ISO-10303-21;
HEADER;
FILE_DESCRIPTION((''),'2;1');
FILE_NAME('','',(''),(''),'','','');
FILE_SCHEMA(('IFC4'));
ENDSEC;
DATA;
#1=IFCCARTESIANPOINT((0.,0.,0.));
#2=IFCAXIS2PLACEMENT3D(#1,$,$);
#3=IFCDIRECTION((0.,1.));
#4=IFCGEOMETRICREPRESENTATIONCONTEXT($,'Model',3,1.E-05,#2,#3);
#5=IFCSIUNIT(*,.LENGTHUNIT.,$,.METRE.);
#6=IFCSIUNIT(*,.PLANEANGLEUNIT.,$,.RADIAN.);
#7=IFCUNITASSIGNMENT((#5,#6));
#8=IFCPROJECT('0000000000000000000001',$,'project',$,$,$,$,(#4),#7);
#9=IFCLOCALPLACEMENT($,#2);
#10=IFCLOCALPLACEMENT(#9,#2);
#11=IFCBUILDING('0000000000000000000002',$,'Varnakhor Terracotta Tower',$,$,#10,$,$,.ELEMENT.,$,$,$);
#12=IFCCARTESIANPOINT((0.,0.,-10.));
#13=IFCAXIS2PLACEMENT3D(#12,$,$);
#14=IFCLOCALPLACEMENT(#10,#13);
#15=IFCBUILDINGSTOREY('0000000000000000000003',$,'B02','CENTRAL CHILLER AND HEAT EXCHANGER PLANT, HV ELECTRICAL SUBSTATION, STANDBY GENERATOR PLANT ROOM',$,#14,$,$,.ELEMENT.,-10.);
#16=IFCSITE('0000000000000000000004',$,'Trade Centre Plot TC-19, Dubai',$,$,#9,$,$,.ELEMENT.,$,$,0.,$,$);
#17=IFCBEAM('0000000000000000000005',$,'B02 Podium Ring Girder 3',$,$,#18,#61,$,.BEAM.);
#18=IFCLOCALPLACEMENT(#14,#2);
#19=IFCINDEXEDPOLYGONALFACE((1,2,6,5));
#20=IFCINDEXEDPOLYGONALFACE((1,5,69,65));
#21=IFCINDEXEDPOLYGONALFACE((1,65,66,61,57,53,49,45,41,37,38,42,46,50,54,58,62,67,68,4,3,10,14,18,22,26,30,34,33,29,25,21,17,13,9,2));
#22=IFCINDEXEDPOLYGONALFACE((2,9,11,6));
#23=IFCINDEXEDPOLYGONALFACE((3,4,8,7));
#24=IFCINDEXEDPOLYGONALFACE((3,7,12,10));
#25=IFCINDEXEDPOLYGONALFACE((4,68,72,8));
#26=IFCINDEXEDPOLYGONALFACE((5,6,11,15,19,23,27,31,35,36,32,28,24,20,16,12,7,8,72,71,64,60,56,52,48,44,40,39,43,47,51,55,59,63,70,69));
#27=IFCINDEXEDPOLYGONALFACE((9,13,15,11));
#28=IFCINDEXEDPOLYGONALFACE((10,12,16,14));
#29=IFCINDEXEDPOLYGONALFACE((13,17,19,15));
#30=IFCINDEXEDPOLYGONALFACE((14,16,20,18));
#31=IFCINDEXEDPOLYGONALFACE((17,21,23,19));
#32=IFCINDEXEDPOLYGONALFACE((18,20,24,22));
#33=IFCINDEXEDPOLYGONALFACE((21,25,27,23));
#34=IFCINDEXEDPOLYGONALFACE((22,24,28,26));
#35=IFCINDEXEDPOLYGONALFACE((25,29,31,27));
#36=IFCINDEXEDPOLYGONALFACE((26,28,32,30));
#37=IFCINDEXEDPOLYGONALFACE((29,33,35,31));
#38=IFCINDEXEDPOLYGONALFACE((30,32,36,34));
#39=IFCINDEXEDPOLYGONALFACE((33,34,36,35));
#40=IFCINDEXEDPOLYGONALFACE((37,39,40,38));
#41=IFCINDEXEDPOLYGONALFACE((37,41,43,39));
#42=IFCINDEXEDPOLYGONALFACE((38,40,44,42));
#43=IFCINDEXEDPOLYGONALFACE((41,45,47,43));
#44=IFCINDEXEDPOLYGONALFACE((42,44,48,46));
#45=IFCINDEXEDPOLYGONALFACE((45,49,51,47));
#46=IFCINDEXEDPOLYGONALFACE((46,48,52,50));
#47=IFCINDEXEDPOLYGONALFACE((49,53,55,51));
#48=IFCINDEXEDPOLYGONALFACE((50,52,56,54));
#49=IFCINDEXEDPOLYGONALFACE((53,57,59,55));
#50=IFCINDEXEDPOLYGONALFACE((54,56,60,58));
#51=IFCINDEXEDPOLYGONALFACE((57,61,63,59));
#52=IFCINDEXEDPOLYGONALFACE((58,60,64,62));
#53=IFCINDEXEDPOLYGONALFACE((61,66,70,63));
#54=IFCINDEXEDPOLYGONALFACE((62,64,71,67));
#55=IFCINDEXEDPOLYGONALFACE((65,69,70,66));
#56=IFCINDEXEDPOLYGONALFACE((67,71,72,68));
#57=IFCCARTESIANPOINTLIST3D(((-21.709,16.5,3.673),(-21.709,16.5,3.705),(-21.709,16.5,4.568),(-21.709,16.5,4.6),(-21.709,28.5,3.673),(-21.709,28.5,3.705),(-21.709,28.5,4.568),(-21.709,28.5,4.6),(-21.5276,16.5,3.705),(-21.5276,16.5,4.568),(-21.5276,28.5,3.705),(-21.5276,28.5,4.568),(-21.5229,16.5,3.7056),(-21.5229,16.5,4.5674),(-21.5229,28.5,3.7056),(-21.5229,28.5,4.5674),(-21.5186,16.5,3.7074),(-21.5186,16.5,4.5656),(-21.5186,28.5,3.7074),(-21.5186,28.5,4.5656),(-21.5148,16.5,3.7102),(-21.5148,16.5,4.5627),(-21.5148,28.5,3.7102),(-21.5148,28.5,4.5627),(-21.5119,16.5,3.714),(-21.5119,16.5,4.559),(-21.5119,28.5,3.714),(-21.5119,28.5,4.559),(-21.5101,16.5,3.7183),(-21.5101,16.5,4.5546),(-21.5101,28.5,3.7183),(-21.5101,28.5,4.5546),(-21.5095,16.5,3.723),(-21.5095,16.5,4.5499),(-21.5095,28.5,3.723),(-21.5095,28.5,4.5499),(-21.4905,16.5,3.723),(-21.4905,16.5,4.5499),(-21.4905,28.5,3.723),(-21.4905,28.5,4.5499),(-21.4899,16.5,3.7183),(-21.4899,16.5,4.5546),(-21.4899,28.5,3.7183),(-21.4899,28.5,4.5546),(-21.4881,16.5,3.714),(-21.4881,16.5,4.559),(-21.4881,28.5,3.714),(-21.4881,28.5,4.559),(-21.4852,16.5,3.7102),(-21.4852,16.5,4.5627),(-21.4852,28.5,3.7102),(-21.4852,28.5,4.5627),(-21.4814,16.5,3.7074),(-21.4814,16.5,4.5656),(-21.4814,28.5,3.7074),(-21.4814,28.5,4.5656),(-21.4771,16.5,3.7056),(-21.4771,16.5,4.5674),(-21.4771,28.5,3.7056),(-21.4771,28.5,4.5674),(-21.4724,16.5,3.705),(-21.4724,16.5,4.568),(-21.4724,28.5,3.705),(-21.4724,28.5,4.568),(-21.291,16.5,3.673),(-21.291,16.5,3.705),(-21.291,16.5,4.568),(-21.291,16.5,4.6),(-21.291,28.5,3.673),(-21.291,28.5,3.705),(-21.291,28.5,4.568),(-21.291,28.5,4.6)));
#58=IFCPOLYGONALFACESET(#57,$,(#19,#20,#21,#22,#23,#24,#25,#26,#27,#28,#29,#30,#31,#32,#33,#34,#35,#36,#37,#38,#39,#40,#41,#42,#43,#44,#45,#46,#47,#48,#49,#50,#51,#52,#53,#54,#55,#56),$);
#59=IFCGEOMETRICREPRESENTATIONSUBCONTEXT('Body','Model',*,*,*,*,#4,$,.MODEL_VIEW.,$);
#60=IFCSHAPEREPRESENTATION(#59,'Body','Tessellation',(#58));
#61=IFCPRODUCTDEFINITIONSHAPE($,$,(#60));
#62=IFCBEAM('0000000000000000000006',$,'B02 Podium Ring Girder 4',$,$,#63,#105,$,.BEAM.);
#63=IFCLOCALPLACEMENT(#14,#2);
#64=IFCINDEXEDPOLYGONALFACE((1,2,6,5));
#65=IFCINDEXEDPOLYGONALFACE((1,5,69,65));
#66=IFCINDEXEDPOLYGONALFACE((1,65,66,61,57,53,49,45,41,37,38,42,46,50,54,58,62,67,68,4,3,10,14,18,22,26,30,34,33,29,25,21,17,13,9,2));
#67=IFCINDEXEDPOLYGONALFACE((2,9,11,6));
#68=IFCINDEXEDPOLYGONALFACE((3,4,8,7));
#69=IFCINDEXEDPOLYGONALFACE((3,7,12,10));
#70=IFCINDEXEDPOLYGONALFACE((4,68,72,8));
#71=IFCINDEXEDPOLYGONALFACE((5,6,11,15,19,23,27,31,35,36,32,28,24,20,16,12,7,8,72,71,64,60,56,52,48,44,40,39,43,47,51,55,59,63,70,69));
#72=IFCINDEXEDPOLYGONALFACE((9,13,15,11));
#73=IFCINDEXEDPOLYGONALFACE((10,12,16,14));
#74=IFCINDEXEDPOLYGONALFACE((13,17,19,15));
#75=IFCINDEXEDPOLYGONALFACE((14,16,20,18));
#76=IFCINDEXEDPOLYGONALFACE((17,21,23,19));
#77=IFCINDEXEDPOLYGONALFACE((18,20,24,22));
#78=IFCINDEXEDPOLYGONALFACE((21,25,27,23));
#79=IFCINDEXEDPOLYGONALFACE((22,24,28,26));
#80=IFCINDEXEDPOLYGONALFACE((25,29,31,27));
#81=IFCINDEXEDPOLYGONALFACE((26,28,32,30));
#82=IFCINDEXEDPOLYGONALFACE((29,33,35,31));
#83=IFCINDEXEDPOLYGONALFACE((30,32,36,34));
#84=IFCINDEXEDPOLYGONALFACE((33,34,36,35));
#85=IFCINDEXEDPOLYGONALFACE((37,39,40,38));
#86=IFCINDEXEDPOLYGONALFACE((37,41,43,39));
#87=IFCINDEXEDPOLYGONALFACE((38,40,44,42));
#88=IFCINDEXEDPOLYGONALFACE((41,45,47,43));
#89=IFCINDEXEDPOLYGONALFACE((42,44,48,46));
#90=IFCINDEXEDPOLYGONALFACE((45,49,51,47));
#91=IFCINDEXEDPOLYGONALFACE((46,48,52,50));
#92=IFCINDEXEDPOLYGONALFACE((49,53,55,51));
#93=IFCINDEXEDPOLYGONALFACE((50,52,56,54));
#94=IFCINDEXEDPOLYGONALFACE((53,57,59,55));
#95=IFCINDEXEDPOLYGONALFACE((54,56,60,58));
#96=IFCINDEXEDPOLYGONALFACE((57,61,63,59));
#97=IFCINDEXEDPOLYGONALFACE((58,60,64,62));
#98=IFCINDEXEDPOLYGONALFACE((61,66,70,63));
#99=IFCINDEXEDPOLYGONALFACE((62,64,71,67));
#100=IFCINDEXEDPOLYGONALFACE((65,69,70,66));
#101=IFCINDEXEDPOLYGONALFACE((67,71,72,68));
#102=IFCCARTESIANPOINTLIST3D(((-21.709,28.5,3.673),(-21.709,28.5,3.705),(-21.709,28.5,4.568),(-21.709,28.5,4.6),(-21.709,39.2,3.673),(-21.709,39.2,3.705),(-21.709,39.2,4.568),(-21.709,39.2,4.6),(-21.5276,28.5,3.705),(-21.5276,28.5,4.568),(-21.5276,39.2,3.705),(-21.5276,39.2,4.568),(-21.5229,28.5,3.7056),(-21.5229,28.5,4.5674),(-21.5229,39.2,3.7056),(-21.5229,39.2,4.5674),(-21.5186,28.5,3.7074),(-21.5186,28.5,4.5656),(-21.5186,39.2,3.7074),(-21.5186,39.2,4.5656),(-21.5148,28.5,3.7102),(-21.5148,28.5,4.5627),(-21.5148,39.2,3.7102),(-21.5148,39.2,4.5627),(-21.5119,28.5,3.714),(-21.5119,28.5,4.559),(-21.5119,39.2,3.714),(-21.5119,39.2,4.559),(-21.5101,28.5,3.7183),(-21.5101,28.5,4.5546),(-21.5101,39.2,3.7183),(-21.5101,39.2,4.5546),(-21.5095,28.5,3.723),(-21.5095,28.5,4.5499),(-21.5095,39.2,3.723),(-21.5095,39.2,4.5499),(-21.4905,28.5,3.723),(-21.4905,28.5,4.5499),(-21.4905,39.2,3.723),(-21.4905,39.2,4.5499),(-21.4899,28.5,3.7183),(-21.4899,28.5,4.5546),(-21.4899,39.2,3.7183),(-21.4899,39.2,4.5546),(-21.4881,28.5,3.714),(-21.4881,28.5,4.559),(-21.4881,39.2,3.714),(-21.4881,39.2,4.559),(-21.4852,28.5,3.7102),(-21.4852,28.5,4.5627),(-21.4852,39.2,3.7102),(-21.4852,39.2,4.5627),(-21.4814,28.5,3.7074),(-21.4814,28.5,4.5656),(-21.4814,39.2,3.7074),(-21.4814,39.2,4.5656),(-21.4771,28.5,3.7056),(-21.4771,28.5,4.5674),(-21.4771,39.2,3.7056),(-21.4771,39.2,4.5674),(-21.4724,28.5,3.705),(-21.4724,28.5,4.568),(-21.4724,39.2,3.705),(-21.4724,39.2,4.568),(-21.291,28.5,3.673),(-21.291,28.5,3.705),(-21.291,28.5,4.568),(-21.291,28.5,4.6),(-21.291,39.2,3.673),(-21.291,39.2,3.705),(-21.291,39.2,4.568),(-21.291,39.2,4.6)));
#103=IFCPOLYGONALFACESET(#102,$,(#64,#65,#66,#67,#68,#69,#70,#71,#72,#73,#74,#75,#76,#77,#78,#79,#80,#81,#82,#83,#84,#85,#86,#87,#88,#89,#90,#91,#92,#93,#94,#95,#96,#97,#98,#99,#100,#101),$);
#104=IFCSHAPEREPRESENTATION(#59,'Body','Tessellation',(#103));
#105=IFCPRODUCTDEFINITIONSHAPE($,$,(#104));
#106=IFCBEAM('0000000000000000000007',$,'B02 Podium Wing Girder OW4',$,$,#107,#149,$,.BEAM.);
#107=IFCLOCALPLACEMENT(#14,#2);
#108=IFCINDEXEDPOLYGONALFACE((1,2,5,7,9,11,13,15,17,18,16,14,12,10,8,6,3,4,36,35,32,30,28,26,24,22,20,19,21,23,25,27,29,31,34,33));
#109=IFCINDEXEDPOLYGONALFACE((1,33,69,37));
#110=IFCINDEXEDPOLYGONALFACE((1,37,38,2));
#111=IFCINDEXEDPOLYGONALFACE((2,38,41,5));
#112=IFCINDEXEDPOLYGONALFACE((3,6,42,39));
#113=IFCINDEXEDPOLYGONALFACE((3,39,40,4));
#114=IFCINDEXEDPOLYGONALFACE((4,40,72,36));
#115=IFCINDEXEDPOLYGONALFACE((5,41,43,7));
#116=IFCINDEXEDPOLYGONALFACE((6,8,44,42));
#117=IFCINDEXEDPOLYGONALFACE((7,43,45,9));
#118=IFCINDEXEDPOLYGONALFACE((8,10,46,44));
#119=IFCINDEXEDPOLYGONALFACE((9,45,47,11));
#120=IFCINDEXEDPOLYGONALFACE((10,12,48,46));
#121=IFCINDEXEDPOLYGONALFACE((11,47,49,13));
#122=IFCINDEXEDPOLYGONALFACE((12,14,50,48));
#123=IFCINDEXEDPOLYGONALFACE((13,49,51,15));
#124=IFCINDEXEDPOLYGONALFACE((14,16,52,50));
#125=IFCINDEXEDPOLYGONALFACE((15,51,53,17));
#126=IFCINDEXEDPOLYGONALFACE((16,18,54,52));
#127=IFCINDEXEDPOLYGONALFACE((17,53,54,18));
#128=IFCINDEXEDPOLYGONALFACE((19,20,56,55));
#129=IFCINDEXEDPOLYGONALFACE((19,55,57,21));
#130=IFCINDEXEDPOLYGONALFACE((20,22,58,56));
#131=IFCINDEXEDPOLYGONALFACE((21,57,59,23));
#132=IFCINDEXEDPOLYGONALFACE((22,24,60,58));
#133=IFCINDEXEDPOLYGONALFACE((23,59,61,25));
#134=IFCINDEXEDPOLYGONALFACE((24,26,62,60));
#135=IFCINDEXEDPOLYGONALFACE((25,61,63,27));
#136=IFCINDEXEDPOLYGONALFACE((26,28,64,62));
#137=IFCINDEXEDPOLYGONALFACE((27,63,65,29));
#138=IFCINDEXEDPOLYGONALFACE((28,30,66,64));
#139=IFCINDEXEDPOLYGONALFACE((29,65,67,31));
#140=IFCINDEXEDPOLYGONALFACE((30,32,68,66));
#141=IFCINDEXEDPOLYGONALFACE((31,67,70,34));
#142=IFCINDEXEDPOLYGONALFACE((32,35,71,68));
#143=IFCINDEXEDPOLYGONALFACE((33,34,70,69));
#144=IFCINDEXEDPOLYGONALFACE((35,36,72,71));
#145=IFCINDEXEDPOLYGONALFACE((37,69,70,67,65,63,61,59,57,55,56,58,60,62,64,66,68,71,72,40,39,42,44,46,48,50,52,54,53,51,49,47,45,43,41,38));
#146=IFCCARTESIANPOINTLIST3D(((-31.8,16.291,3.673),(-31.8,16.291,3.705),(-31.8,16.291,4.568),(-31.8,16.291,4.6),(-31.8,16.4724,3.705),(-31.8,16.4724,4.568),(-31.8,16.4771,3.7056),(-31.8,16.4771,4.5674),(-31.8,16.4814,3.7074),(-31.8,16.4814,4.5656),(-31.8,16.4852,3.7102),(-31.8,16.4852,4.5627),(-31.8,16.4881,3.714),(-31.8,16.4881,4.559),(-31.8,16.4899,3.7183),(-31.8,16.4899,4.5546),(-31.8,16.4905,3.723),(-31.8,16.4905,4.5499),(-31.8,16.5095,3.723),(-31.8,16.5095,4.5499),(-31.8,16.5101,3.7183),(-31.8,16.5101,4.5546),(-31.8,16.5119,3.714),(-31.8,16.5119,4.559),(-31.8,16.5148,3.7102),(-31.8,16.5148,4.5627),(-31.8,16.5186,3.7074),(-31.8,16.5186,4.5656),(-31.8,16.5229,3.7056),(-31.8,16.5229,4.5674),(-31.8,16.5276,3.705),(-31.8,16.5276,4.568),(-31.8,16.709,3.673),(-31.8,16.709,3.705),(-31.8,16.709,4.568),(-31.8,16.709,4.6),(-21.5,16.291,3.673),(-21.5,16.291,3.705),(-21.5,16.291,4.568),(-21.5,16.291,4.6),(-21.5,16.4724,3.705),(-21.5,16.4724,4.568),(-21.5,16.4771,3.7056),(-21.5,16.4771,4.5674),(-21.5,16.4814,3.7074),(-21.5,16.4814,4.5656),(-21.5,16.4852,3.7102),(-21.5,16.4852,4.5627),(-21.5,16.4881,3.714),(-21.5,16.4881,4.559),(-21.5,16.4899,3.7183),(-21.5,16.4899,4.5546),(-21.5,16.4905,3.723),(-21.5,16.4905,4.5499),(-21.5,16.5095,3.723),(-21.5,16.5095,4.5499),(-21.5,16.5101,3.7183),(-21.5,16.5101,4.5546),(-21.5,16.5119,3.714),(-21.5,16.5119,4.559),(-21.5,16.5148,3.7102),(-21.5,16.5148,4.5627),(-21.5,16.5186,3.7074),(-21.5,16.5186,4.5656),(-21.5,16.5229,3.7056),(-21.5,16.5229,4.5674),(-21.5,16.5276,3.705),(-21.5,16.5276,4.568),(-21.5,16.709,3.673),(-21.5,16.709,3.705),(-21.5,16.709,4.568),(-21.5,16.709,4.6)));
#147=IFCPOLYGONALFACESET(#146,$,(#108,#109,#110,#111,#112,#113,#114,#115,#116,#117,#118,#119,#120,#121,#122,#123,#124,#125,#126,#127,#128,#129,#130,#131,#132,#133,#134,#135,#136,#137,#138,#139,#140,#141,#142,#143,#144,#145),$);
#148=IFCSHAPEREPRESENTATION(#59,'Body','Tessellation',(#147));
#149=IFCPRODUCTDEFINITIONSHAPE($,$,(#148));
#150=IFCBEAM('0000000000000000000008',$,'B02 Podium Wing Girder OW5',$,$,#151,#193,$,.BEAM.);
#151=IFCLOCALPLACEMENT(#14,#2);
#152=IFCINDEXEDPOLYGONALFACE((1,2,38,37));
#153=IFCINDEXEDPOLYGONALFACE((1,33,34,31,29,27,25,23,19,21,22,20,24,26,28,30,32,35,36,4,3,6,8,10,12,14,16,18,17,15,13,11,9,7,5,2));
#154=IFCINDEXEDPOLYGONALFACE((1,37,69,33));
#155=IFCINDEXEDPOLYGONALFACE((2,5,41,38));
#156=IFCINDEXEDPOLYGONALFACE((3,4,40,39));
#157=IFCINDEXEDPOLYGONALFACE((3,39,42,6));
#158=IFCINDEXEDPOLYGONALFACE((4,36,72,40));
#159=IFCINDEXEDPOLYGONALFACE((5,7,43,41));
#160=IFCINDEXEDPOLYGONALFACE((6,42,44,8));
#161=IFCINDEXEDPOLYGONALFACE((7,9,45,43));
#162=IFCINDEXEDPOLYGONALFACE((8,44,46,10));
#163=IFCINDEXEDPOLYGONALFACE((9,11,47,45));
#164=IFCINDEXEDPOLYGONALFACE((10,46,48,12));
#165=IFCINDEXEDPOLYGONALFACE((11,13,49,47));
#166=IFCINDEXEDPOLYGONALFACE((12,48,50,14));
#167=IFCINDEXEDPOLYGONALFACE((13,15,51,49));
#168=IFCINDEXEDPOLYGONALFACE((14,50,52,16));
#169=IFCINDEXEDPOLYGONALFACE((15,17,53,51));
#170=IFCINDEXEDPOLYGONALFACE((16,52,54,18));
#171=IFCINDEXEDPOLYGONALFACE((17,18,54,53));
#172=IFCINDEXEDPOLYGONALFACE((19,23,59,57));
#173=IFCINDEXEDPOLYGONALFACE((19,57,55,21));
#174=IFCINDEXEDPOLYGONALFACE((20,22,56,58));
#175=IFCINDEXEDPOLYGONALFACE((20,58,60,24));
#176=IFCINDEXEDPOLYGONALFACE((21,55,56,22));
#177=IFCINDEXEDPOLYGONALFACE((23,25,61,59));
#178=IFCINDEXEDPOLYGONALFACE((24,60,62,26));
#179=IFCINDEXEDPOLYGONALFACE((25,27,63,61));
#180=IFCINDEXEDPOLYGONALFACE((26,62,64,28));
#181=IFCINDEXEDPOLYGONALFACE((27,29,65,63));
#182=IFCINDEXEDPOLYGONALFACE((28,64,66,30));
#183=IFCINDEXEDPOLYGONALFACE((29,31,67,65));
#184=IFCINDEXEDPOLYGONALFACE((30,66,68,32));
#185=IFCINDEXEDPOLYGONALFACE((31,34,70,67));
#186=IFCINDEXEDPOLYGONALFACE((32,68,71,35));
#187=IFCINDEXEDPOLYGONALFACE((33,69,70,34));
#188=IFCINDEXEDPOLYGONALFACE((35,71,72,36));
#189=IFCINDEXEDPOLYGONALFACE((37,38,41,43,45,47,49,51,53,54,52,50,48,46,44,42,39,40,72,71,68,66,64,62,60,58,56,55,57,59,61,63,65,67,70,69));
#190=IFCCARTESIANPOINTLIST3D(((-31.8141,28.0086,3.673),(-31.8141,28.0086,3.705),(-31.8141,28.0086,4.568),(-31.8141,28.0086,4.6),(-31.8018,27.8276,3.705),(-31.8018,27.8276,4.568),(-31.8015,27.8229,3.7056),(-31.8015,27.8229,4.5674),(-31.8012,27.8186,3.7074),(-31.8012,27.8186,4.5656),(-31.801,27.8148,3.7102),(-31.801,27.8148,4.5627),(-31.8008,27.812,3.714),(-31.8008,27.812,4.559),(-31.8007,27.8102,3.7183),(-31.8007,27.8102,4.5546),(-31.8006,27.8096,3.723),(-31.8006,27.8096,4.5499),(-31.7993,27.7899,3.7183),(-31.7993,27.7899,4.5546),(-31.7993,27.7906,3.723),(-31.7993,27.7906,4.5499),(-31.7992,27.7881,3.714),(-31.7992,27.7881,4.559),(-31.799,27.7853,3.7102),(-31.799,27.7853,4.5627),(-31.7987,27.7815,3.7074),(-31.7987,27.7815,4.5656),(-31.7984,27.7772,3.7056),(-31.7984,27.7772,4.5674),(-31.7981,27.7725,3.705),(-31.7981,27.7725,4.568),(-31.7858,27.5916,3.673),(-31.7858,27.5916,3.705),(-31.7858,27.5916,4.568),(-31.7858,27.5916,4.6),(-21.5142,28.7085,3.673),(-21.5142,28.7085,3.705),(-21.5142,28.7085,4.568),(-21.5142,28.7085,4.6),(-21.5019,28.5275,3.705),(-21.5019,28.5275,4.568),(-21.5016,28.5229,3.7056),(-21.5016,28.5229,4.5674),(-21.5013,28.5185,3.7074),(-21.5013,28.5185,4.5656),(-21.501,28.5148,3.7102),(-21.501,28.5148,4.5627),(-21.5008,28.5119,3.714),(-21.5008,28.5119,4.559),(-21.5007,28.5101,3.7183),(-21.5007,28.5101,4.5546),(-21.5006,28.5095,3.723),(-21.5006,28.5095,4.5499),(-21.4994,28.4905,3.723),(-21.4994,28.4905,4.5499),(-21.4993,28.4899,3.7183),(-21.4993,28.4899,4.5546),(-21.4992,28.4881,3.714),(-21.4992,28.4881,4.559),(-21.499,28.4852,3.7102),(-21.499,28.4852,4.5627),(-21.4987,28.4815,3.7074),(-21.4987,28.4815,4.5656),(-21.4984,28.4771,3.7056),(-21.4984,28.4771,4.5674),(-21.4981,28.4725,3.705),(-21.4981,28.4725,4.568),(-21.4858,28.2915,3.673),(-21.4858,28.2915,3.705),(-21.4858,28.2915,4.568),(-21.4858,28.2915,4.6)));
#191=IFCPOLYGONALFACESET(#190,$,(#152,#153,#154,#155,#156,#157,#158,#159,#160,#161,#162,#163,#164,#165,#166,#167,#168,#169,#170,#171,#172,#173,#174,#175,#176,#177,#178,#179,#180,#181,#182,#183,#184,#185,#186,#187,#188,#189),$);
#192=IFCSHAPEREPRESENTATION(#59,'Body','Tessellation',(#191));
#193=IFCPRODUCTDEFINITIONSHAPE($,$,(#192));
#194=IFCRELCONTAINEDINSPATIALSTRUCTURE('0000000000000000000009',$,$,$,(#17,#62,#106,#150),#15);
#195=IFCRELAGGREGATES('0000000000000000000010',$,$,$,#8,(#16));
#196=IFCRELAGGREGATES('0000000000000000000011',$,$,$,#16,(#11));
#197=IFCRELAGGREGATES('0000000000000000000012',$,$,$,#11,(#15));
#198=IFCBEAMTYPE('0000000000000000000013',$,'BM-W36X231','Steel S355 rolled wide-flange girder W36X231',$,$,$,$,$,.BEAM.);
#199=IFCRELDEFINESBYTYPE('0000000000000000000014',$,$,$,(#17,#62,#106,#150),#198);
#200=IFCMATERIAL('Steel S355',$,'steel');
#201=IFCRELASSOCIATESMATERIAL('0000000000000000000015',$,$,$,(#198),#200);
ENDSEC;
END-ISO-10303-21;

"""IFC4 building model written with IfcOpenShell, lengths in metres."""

from ifc_helpers import new_model, si_unit, direction, frame, origin, origin_2d, place, context, subcontext, project, spatial, i_section, extrude, source, transform, mapped, material, material_profile, profile_set, type_object, element, save


model = new_model("IFC4")

# Units and contexts
model_context = context("Model", 3, precision=1e-05, world=origin(), true_north=direction((0.0, 1.0)))
body_context = subcontext(model_context, "Body", "Model", "MODEL_VIEW")
ifc_project = project(units=[si_unit("LENGTHUNIT", "METRE"), si_unit("PLANEANGLEUNIT", "RADIAN")], contexts=[model_context])

# Site, building, storey
site_placement = place(None, origin())
site = spatial("IfcSite", under=ifc_project, at=site_placement, Name="Trade Centre Plot TC-19, Dubai", CompositionType="ELEMENT", RefElevation=0.0)
building_placement = place(site_placement, origin())
building = spatial("IfcBuilding", under=site, at=building_placement, Name="Varnakhor Terracotta Tower", CompositionType="ELEMENT")
storey_placement = place(building_placement, frame((0.0, 0.0, -10.0)))
storey = spatial("IfcBuildingStorey", under=building, at=storey_placement, Name="B02", Description="CENTRAL CHILLER AND HEAT EXCHANGER PLANT, HV ELECTRICAL SUBSTATION, STANDBY GENERATOR PLANT ROOM", CompositionType="ELEMENT", Elevation=-10.0)

# Beams
ifc_material_1 = material(Name="Steel S355", Category="steel")
ifc_material_profile_1 = material_profile(ifc_material_1, i_section(OverallWidth=0.418, OverallDepth=0.927, WebThickness=0.019, FlangeThickness=0.032, FilletRadius=0.0181, at=origin_2d()), Name="W36X231")
ifc_profile_set_1 = profile_set([ifc_material_profile_1], Name="Steel S355")
beam_type_1 = type_object("IfcBeamType", Name="BM-W36X231", Description="Steel S355 rolled wide-flange girder W36X231", PredefinedType="BEAM", material=ifc_profile_set_1)
shared_shape_1 = source(origin(), body_context, "Body", "SweptSolid", [
    extrude(i_section(OverallWidth=0.418, OverallDepth=0.927, WebThickness=0.019, FlangeThickness=0.032, FilletRadius=0.0181, at=origin_2d()), origin(), (0.0, 0.0, 1.0), 12.0),
])
beam_1_placement = place(storey_placement, frame((-21.5, 16.5, 4.1365), z_axis=(0.0, 1.0, 0.0), x_axis=(-1.0, 0.0, 0.0)))
element("IfcBeam", 1, at=beam_1_placement, inside=storey, type_object=beam_type_1, Name="B02 Podium Ring Girder 3", PredefinedType="BEAM", context=body_context, shape_type="MappedRepresentation", body=[
    mapped(shared_shape_1, transform((0.0, 0.0, 0.0), scale=1.0)),
])
shared_shape_2 = source(origin(), body_context, "Body", "SweptSolid", [
    extrude(i_section(OverallWidth=0.418, OverallDepth=0.927, WebThickness=0.019, FlangeThickness=0.032, FilletRadius=0.0181, at=origin_2d()), origin(), (0.0, 0.0, 1.0), 10.7),
])
beam_2_placement = place(storey_placement, frame((-21.5, 28.5, 4.1365), z_axis=(0.0, 1.0, 0.0), x_axis=(-1.0, 0.0, 0.0)))
element("IfcBeam", 2, at=beam_2_placement, inside=storey, type_object=beam_type_1, Name="B02 Podium Ring Girder 4", PredefinedType="BEAM", context=body_context, shape_type="MappedRepresentation", body=[
    mapped(shared_shape_2, transform((0.0, 0.0, 0.0), scale=1.0)),
])
shared_shape_3 = source(origin(), body_context, "Body", "SweptSolid", [
    extrude(i_section(OverallWidth=0.418, OverallDepth=0.927, WebThickness=0.019, FlangeThickness=0.032, FilletRadius=0.0181, at=origin_2d()), origin(), (0.0, 0.0, 1.0), 10.3),
])
beam_3_placement = place(storey_placement, frame((-21.5, 16.5, 4.1365), z_axis=(-1.0, 0.0, 0.0), x_axis=(0.0, -1.0, 0.0)))
element("IfcBeam", 3, at=beam_3_placement, inside=storey, type_object=beam_type_1, Name="B02 Podium Wing Girder OW4", PredefinedType="BEAM", context=body_context, shape_type="MappedRepresentation", body=[
    mapped(shared_shape_3, transform((0.0, 0.0, 0.0), scale=1.0)),
])
shared_shape_4 = source(origin(), body_context, "Body", "SweptSolid", [
    extrude(i_section(OverallWidth=0.418, OverallDepth=0.927, WebThickness=0.019, FlangeThickness=0.032, FilletRadius=0.0181, at=origin_2d()), origin(), (0.0, 0.0, 1.0), 10.3237),
])
beam_4_placement = place(storey_placement, frame((-21.5, 28.5, 4.1365), z_axis=(-0.997699, -0.0678, 0.0), x_axis=(0.0678, -0.997699, 0.0)))
element("IfcBeam", 4, at=beam_4_placement, inside=storey, type_object=beam_type_1, Name="B02 Podium Wing Girder OW5", PredefinedType="BEAM", context=body_context, shape_type="MappedRepresentation", body=[
    mapped(shared_shape_4, transform((0.0, 0.0, 0.0), scale=1.0)),
])

save(model, "model.ifc")
